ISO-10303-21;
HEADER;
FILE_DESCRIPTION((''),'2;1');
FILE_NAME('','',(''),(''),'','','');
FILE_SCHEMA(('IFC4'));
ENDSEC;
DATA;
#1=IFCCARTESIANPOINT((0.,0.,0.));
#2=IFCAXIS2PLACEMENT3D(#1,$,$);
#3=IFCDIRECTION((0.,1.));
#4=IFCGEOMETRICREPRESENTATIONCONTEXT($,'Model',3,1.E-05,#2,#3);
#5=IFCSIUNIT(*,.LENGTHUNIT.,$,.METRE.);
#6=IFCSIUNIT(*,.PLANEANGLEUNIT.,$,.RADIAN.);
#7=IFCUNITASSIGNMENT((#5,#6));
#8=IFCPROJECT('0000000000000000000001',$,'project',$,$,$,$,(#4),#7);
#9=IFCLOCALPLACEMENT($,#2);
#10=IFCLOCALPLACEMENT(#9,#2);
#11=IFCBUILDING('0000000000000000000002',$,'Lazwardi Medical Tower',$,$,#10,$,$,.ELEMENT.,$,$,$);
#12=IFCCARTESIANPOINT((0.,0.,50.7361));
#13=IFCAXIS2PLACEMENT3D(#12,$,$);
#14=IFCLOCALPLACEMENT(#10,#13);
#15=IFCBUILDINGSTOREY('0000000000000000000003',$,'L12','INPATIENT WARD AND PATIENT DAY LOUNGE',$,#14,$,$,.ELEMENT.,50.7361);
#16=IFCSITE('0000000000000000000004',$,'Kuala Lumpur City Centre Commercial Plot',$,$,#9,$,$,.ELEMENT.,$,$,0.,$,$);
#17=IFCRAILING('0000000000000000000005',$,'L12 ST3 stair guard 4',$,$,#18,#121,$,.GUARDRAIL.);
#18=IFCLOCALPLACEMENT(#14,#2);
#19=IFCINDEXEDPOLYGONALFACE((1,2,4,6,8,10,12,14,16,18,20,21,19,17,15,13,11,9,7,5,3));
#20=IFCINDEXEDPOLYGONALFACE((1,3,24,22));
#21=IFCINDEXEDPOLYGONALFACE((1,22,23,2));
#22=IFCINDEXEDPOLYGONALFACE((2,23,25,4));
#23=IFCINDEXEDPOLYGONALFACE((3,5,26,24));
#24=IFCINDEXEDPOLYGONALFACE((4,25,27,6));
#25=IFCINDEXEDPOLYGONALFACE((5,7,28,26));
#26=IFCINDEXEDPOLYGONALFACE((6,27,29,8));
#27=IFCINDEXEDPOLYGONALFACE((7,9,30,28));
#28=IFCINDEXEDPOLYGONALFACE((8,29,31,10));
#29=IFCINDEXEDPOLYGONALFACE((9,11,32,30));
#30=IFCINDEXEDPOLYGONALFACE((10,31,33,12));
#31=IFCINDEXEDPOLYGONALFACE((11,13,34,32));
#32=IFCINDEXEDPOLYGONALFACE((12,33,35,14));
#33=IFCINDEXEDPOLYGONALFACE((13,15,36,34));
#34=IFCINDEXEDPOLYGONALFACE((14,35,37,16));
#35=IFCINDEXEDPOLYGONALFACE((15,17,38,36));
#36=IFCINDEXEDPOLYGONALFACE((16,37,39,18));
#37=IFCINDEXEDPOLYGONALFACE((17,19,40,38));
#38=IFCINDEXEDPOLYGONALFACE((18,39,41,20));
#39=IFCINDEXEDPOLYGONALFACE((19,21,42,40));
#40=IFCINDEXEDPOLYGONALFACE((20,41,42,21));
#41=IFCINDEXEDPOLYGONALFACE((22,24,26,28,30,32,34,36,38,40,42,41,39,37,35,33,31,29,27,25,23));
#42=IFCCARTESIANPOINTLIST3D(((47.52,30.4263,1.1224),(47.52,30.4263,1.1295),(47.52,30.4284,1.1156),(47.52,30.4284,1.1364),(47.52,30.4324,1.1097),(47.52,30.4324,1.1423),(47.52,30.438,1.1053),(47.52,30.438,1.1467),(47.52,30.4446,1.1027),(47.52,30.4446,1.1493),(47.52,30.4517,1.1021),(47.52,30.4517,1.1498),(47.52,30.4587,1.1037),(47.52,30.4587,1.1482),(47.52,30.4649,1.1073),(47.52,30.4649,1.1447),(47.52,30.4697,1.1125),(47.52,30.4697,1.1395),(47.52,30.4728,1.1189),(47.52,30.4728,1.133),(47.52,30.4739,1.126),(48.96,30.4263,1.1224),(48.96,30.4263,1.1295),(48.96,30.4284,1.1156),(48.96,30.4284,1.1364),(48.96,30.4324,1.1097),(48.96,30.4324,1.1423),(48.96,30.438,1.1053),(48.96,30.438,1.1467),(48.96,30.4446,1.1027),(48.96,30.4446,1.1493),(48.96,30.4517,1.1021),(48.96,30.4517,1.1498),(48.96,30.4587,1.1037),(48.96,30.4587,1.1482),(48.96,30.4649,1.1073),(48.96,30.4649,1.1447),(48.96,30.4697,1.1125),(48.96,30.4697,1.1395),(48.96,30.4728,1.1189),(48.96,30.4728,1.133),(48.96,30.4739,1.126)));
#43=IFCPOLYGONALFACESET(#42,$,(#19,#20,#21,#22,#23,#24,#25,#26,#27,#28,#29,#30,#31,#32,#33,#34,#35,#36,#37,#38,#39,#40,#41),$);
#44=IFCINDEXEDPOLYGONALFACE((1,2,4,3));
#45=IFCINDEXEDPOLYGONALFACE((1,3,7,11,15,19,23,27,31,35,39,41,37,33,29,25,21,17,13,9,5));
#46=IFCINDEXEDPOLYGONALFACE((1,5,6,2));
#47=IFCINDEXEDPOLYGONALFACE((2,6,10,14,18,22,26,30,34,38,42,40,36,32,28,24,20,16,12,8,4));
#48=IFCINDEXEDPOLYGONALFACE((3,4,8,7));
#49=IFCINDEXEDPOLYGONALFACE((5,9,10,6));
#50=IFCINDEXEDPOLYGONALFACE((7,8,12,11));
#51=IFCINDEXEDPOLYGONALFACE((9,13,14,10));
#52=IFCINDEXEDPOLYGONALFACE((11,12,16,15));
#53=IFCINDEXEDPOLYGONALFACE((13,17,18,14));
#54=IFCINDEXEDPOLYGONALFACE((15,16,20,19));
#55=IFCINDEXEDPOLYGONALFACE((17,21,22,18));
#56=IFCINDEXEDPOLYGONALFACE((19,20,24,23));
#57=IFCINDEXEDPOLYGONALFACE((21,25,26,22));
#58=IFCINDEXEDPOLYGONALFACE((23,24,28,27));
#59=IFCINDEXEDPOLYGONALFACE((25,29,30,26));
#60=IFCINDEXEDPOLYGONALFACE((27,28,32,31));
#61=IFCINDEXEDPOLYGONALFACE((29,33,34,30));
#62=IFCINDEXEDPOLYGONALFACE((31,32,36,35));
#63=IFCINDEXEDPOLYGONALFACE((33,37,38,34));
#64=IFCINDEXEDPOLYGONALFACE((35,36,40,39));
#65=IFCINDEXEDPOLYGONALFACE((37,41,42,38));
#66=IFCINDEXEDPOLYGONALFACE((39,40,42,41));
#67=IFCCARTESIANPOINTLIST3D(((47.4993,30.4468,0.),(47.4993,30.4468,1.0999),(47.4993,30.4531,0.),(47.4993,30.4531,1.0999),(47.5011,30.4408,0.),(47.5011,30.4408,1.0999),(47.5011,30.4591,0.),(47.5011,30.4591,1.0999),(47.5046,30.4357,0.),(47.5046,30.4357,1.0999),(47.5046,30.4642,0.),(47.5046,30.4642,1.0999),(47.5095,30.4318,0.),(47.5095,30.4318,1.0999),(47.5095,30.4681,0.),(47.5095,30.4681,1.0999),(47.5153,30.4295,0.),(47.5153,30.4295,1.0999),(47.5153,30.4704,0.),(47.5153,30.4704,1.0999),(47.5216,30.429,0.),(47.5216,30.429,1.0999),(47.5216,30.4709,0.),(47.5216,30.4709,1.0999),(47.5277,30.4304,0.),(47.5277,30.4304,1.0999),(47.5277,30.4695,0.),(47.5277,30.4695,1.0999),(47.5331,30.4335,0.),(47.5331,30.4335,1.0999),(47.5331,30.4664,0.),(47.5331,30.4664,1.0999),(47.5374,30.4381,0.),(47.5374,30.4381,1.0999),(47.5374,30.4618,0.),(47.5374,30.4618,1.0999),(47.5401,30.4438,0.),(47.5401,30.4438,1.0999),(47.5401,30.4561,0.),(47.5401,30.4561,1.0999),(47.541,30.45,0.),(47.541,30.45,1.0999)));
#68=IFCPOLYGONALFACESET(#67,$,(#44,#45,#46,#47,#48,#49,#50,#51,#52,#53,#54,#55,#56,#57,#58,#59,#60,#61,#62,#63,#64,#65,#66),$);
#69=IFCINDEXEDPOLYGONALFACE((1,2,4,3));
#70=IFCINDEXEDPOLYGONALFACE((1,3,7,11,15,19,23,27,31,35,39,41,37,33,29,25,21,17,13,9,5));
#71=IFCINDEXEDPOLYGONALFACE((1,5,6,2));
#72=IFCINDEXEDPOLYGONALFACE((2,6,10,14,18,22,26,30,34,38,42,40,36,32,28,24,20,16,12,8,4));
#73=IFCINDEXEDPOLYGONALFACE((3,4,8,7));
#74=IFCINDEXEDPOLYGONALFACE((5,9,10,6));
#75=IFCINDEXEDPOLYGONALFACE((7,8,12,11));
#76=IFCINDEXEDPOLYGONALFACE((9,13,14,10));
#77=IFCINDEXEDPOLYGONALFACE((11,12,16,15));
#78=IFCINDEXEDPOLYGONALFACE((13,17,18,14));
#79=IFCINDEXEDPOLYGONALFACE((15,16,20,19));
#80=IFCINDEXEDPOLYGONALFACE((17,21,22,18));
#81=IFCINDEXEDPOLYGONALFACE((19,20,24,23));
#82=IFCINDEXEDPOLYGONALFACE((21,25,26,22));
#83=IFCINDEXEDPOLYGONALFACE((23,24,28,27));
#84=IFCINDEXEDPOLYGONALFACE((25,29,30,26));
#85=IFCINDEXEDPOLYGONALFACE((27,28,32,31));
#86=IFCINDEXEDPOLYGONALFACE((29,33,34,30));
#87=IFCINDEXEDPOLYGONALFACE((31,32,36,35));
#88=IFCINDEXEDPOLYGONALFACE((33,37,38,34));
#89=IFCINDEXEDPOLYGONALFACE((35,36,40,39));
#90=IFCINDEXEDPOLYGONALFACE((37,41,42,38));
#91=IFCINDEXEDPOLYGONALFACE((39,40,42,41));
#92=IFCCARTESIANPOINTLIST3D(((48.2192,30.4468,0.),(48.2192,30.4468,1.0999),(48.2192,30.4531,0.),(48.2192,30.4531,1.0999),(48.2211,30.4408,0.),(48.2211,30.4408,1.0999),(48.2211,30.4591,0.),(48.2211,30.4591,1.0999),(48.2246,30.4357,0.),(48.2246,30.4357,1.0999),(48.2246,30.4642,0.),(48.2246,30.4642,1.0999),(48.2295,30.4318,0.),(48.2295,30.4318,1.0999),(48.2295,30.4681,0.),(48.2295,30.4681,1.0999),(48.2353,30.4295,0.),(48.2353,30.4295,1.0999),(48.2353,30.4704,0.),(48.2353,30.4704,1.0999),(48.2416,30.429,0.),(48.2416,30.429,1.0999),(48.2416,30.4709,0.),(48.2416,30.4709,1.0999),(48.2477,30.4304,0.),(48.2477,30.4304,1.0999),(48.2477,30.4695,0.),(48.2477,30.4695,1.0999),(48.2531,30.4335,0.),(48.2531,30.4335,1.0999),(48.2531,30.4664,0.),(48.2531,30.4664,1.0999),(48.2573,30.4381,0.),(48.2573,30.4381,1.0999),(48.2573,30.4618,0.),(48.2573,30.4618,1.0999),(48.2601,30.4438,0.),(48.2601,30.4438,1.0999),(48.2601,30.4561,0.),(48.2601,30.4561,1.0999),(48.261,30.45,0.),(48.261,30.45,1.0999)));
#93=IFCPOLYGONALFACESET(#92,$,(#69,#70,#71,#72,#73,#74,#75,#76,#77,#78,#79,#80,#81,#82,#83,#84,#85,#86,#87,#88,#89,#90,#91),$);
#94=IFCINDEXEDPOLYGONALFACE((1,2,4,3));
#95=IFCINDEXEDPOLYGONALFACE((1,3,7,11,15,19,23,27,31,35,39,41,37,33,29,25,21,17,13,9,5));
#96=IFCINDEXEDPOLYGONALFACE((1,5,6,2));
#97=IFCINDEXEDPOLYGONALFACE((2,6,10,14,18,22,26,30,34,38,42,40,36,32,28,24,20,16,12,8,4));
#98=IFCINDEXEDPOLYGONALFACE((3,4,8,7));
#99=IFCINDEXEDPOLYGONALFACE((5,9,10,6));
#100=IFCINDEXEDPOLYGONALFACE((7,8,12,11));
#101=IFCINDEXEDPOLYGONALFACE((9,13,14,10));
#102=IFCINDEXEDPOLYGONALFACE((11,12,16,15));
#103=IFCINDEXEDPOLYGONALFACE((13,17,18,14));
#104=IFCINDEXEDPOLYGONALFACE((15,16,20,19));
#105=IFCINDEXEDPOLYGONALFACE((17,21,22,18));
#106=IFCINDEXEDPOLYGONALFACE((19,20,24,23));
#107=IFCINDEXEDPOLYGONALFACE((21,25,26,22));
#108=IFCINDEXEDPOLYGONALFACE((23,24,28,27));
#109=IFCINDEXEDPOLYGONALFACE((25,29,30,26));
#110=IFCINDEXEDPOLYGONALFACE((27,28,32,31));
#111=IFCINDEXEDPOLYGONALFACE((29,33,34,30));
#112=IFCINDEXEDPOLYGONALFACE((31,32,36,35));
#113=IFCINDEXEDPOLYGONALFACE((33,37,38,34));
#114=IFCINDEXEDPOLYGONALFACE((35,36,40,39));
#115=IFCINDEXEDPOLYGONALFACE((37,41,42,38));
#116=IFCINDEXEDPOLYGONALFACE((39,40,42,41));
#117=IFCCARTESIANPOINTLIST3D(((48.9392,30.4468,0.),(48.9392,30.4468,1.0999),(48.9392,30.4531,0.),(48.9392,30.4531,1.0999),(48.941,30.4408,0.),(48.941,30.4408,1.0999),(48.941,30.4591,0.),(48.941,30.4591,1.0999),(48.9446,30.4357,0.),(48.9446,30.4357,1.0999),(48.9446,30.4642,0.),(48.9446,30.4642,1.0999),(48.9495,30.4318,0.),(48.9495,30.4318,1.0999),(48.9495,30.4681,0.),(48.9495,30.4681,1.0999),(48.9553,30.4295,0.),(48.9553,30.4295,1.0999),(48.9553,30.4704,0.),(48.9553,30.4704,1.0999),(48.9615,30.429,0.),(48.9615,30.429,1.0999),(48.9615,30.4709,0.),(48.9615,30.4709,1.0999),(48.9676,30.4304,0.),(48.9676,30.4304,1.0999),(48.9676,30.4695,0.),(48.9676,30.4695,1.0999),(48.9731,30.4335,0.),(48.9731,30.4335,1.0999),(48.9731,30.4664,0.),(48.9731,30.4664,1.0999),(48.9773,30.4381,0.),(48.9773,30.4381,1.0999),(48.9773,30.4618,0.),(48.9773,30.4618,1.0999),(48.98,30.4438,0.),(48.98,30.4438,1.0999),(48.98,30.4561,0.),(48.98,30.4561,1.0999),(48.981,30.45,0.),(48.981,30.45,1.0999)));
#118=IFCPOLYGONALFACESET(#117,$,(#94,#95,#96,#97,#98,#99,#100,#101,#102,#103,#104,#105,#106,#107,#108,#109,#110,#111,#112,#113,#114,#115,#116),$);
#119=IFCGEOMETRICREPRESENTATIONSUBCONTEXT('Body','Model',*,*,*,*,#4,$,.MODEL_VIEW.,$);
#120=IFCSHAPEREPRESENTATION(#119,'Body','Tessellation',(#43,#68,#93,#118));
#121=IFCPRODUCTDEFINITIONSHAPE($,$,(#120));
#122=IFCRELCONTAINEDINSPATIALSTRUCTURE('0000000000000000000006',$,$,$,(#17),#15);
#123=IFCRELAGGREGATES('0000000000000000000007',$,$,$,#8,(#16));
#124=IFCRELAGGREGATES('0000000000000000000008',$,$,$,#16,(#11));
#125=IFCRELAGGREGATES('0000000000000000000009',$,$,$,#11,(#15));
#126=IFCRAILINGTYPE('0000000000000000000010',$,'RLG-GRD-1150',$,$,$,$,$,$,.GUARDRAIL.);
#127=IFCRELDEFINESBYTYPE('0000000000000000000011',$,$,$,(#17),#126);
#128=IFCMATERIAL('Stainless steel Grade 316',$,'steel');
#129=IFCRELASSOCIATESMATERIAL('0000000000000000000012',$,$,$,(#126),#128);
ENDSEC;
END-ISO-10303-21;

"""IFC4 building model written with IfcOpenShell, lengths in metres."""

from ifc_helpers import new_model, si_unit, direction, frame, origin, origin_2d, place, context, subcontext, project, spatial, circle, extrude, material, type_object, element, save


model = new_model("IFC4")

# Units and contexts
model_context = context("Model", 3, precision=1e-05, world=origin(), true_north=direction((0.0, 1.0)))
body_context = subcontext(model_context, "Body", "Model", "MODEL_VIEW")
ifc_project = project(units=[si_unit("LENGTHUNIT", "METRE"), si_unit("PLANEANGLEUNIT", "RADIAN")], contexts=[model_context])

# Site, building, storey
site_placement = place(None, origin())
site = spatial("IfcSite", under=ifc_project, at=site_placement, Name="Kuala Lumpur City Centre Commercial Plot", CompositionType="ELEMENT", RefElevation=0.0)
building_placement = place(site_placement, origin())
building = spatial("IfcBuilding", under=site, at=building_placement, Name="Lazwardi Medical Tower", CompositionType="ELEMENT")
storey_placement = place(building_placement, frame((0.0, 0.0, 50.7361)))
storey = spatial("IfcBuildingStorey", under=building, at=storey_placement, Name="L12", Description="INPATIENT WARD AND PATIENT DAY LOUNGE", CompositionType="ELEMENT", Elevation=50.7361)

# Railing
ifc_material_1 = material(Name="Stainless steel Grade 316", Category="steel")
railing_type_1 = type_object("IfcRailingType", Name="RLG-GRD-1150", PredefinedType="GUARDRAIL", material=ifc_material_1)
railing_1_placement = place(storey_placement, frame((47.52, 30.45, 0.0)))
element("IfcRailing", 1, at=railing_1_placement, inside=storey, type_object=railing_type_1, Name="L12 ST3 stair guard 4", PredefinedType="GUARDRAIL", context=body_context, shape_type="SweptSolid", body=[
    extrude(circle(Radius=0.0239, at=origin_2d()), frame((0.0, 0.0, 1.126), z_axis=(1.0, 0.0, 0.0), x_axis=(0.0, 1.0, 0.0)), (0.0, 0.0, 1.0), 1.4399),
    extrude(circle(Radius=0.021, at=origin_2d()), origin(), (0.0, 0.0, 1.0), 1.0999),
    extrude(circle(Radius=0.021, at=origin_2d()), frame((0.72, 0.0, 0.0)), (0.0, 0.0, 1.0), 1.0999),
    extrude(circle(Radius=0.021, at=origin_2d()), frame((1.4399, 0.0, 0.0)), (0.0, 0.0, 1.0), 1.0999),
])

save(model, "model.ifc")
